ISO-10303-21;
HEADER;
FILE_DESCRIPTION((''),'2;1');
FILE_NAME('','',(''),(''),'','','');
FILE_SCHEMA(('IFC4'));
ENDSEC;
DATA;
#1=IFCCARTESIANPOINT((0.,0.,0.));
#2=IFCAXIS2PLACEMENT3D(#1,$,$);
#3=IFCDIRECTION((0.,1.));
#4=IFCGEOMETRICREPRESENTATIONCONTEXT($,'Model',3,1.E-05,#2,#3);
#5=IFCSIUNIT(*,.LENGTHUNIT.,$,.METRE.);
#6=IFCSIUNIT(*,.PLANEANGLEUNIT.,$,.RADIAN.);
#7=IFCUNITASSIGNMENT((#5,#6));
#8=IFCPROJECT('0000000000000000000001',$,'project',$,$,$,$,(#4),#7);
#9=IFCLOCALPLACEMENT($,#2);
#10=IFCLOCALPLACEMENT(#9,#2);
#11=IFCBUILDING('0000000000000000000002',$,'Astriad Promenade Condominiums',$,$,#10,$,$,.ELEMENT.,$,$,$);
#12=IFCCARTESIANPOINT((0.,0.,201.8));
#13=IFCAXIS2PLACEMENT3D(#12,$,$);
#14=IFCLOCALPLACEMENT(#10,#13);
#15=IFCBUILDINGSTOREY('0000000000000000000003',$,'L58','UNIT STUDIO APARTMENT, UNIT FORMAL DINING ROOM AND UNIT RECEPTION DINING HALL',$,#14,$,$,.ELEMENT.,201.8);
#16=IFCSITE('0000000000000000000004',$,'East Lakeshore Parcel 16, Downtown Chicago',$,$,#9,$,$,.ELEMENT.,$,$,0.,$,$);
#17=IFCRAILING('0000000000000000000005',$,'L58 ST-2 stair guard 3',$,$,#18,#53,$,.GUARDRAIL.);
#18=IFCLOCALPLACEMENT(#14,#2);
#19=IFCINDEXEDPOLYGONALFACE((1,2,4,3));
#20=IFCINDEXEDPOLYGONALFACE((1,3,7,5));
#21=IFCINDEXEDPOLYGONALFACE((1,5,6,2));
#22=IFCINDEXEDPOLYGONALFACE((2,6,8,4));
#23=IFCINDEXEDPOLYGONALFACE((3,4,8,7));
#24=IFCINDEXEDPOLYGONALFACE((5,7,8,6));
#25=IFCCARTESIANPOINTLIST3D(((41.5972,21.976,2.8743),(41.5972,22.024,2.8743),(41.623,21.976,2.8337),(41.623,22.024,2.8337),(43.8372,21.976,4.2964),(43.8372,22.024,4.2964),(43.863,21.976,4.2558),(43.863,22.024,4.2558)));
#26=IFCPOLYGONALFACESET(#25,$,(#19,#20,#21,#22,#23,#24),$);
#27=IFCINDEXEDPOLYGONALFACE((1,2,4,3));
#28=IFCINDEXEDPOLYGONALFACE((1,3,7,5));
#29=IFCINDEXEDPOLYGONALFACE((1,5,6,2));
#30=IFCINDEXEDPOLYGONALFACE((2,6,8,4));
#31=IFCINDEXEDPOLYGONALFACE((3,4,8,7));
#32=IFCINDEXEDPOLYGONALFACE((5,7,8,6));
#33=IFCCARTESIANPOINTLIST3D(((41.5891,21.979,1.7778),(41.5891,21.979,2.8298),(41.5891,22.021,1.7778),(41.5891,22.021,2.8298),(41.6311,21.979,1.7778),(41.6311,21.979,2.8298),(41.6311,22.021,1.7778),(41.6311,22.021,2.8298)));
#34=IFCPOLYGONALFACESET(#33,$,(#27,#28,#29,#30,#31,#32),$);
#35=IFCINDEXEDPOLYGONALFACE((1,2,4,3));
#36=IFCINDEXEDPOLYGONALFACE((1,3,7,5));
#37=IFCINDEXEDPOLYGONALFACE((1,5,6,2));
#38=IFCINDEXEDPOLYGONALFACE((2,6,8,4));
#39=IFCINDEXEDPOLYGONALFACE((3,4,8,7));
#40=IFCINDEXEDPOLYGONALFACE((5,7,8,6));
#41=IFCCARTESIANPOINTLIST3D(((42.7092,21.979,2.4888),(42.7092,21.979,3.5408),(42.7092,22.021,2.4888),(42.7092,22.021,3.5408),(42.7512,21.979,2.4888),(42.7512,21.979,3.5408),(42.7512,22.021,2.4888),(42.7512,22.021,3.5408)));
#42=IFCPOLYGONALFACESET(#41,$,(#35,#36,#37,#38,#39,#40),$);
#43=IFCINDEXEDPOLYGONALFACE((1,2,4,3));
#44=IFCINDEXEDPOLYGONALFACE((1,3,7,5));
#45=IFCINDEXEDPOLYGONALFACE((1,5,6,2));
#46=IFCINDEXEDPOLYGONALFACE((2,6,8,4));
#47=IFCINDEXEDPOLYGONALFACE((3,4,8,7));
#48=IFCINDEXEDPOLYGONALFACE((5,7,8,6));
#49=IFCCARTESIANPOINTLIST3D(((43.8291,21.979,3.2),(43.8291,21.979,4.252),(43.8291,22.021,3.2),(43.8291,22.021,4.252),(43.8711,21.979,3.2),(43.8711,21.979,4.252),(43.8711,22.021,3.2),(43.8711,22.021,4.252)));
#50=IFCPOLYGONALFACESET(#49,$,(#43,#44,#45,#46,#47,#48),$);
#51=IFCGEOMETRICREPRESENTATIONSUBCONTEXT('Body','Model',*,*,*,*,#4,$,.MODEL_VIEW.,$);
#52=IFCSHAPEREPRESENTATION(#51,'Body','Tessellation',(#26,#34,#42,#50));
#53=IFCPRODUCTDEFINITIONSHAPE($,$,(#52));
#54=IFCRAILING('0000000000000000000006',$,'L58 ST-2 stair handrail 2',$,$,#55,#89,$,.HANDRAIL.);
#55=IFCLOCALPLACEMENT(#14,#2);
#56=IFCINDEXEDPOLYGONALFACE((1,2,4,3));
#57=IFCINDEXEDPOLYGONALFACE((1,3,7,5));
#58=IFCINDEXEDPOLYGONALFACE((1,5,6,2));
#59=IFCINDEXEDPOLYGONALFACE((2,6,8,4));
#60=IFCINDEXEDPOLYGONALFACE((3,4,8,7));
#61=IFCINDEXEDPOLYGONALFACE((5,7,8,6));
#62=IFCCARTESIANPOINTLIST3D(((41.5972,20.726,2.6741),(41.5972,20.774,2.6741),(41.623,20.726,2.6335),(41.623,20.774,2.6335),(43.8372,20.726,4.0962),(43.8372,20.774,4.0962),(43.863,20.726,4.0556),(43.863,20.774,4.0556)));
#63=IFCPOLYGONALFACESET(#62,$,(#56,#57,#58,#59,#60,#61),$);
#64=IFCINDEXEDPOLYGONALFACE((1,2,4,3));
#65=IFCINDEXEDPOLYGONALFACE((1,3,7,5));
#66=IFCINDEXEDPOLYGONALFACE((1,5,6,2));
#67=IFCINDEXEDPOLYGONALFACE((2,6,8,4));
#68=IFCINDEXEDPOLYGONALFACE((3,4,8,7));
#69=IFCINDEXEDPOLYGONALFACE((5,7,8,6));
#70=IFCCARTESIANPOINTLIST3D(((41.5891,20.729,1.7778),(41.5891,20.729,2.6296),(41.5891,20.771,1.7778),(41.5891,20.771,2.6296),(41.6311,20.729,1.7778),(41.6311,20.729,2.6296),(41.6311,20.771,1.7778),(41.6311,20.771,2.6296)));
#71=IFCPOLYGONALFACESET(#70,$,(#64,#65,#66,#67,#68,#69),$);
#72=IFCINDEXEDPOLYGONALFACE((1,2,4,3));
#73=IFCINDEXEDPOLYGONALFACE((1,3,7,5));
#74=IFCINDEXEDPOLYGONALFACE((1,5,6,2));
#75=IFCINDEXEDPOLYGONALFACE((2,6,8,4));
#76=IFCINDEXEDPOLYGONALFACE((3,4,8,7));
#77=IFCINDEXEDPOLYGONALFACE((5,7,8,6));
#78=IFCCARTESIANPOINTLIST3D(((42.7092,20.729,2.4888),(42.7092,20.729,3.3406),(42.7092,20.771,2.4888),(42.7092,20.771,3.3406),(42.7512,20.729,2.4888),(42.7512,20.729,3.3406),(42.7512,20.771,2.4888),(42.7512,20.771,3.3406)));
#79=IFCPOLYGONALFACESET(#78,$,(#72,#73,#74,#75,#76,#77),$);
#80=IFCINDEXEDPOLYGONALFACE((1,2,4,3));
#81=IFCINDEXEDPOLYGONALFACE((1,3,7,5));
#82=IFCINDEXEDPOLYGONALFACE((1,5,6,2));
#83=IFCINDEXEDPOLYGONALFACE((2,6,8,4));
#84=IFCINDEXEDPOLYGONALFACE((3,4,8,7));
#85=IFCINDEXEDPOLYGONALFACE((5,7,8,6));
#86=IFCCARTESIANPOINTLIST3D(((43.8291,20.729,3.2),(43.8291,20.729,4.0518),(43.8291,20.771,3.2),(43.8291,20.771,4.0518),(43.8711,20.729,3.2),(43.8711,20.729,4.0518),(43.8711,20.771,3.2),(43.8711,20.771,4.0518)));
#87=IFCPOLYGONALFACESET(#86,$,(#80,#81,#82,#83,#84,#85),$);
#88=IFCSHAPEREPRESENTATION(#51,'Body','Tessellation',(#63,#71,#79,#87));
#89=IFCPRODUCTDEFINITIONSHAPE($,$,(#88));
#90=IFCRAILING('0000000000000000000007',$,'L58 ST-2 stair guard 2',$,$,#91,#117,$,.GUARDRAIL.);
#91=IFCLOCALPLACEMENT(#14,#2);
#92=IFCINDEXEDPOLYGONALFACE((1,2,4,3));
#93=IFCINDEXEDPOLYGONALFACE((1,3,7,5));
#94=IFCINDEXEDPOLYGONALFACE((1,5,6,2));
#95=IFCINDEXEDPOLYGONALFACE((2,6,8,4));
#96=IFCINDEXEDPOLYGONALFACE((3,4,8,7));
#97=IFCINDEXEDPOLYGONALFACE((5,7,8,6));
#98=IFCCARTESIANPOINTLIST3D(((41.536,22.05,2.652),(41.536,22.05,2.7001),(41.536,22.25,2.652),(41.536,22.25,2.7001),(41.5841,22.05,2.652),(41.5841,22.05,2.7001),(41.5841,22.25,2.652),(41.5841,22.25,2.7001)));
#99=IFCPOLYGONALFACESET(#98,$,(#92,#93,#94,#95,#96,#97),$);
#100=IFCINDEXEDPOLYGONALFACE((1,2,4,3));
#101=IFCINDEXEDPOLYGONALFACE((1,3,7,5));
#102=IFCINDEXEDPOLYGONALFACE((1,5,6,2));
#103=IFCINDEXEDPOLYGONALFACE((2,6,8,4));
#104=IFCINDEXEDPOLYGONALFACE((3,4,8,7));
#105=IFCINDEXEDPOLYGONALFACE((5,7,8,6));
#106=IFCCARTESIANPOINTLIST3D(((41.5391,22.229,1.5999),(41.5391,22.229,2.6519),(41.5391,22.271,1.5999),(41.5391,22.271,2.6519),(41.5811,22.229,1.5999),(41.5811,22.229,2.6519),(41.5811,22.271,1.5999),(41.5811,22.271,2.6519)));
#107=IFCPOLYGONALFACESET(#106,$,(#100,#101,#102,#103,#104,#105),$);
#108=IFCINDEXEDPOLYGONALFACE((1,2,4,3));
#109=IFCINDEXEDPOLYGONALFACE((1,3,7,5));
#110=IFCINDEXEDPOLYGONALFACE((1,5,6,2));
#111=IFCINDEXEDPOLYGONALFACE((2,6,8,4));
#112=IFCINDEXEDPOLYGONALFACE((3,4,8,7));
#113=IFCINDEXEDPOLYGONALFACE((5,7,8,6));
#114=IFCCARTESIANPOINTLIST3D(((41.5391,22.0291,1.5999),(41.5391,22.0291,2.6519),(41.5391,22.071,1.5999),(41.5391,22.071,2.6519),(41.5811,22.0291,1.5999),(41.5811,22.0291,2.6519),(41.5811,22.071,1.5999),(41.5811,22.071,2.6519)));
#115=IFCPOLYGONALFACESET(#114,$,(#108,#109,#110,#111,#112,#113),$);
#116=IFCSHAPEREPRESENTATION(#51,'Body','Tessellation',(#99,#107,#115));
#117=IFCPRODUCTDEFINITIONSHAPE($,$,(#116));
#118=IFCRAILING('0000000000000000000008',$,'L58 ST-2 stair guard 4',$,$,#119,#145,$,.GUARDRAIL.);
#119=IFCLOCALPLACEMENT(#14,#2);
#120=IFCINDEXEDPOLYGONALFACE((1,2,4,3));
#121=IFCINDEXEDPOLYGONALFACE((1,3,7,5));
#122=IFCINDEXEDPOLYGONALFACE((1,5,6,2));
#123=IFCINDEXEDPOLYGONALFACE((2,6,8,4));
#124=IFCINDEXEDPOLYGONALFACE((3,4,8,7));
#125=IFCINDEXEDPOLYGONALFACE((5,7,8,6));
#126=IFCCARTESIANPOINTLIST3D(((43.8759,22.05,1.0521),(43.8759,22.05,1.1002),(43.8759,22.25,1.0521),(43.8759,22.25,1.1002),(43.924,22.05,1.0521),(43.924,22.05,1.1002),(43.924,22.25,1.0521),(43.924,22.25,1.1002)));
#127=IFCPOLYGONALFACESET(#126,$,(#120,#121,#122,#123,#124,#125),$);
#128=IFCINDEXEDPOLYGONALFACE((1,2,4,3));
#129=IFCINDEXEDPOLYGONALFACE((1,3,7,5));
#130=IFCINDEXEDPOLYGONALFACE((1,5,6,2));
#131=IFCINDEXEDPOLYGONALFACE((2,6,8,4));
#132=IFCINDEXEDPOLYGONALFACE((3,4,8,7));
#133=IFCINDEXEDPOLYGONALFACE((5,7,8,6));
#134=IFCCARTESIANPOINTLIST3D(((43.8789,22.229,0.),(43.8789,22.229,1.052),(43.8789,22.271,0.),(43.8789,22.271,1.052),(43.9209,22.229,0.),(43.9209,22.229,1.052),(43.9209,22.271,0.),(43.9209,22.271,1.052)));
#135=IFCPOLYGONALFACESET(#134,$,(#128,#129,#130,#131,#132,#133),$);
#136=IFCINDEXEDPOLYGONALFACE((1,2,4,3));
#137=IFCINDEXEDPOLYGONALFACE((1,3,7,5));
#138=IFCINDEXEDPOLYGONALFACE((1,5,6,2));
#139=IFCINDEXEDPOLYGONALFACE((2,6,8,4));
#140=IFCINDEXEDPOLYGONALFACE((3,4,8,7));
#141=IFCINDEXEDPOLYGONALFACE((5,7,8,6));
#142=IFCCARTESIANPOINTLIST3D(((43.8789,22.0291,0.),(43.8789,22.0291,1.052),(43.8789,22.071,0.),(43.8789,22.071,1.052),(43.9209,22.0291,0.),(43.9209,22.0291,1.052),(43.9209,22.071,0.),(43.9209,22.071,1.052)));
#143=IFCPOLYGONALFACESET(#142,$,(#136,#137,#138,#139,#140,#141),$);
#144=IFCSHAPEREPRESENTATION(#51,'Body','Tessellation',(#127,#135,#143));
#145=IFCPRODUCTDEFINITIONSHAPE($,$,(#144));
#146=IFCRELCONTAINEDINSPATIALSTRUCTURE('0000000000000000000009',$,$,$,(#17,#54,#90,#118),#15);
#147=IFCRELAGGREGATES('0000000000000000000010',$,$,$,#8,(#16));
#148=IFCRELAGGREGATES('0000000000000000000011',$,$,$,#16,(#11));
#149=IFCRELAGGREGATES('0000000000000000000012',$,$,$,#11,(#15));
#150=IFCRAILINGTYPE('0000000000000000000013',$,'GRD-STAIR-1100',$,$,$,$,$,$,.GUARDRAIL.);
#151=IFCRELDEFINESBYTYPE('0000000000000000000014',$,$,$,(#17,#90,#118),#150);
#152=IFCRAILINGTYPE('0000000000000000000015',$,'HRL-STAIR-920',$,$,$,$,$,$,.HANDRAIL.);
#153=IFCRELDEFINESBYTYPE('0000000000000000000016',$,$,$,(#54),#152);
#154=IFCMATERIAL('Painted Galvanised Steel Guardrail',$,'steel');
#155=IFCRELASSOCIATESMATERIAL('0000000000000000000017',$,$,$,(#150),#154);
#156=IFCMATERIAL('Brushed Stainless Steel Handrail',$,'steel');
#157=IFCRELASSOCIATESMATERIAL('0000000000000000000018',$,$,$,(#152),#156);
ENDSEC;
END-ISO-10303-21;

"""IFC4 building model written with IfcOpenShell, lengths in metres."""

from ifc_helpers import new_model, si_unit, direction, frame, origin, origin_2d, place, context, subcontext, project, spatial, rectangle, extrude, source, transform, mapped, material, type_object, element, save


model = new_model("IFC4")

# Units and contexts
model_context = context("Model", 3, precision=1e-05, world=origin(), true_north=direction((0.0, 1.0)))
body_context = subcontext(model_context, "Body", "Model", "MODEL_VIEW")
ifc_project = project(units=[si_unit("LENGTHUNIT", "METRE"), si_unit("PLANEANGLEUNIT", "RADIAN")], contexts=[model_context])

# Site, building, storey
site_placement = place(None, origin())
site = spatial("IfcSite", under=ifc_project, at=site_placement, Name="East Lakeshore Parcel 16, Downtown Chicago", CompositionType="ELEMENT", RefElevation=0.0)
building_placement = place(site_placement, origin())
building = spatial("IfcBuilding", under=site, at=building_placement, Name="Astriad Promenade Condominiums", CompositionType="ELEMENT")
storey_placement = place(building_placement, frame((0.0, 0.0, 201.8)))
storey = spatial("IfcBuildingStorey", under=building, at=storey_placement, Name="L58", Description="UNIT STUDIO APARTMENT, UNIT FORMAL DINING ROOM AND UNIT RECEPTION DINING HALL", CompositionType="ELEMENT", Elevation=201.8)

# Railings
ifc_material_1 = material(Name="Painted Galvanised Steel Guardrail", Category="steel")
railing_type_1 = type_object("IfcRailingType", Name="GRD-STAIR-1100", PredefinedType="GUARDRAIL", material=ifc_material_1)
ifc_material_2 = material(Name="Brushed Stainless Steel Handrail", Category="steel")
railing_type_2 = type_object("IfcRailingType", Name="HRL-STAIR-920", PredefinedType="HANDRAIL", material=ifc_material_2)
shared_shape_1 = source(origin(), body_context, "Body", "SweptSolid", [
    extrude(rectangle(XDim=0.0481, YDim=0.0481, at=origin_2d()), frame((0.0, 0.0, 1.0762), z_axis=(0.844229, 0.0, 0.535982), x_axis=(0.0, 1.0, 0.0)), (0.0, 0.0, 1.0), 2.6533),
    extrude(rectangle(XDim=0.042, YDim=0.042, at=origin_2d()), origin(), (0.0, 0.0, 1.0), 1.052),
    extrude(rectangle(XDim=0.042, YDim=0.042, at=origin_2d()), frame((1.1201, 0.0, 0.7109)), (0.0, 0.0, 1.0), 1.052),
    extrude(rectangle(XDim=0.042, YDim=0.042, at=origin_2d()), frame((2.24, 0.0, 1.4221)), (0.0, 0.0, 1.0), 1.052),
])
railing_1_placement = place(storey_placement, frame((41.6101, 22.0, 1.7778)))
element("IfcRailing", 1, at=railing_1_placement, inside=storey, type_object=railing_type_1, Name="L58 ST-2 stair guard 3", PredefinedType="GUARDRAIL", context=body_context, shape_type="MappedRepresentation", body=[
    mapped(shared_shape_1, transform((0.0, 0.0, 0.0), scale=1.0)),
])
shared_shape_2 = source(origin(), body_context, "Body", "SweptSolid", [
    extrude(rectangle(XDim=0.0481, YDim=0.0481, at=origin_2d()), frame((0.0, 0.0, 0.876), z_axis=(0.844229, 0.0, 0.535982), x_axis=(0.0, 1.0, 0.0)), (0.0, 0.0, 1.0), 2.6533),
    extrude(rectangle(XDim=0.042, YDim=0.042, at=origin_2d()), origin(), (0.0, 0.0, 1.0), 0.8518),
    extrude(rectangle(XDim=0.042, YDim=0.042, at=origin_2d()), frame((1.1201, 0.0, 0.7109)), (0.0, 0.0, 1.0), 0.8518),
    extrude(rectangle(XDim=0.042, YDim=0.042, at=origin_2d()), frame((2.24, 0.0, 1.4221)), (0.0, 0.0, 1.0), 0.8518),
])
railing_2_placement = place(storey_placement, frame((41.6101, 20.75, 1.7778)))
element("IfcRailing", 2, at=railing_2_placement, inside=storey, type_object=railing_type_2, Name="L58 ST-2 stair handrail 2", PredefinedType="HANDRAIL", context=body_context, shape_type="MappedRepresentation", body=[
    mapped(shared_shape_2, transform((0.0, 0.0, 0.0), scale=1.0)),
])
shared_shape_3 = source(origin(), body_context, "Body", "SweptSolid", [
    extrude(rectangle(XDim=0.0481, YDim=0.0481, at=origin_2d()), frame((0.0, 0.0, 1.0762), z_axis=(0.0, -1.0, 0.0), x_axis=(1.0, 0.0, 0.0)), (0.0, 0.0, 1.0), 0.2),
    extrude(rectangle(XDim=0.042, YDim=0.042, at=origin_2d()), origin(), (0.0, 0.0, 1.0), 1.052),
    extrude(rectangle(XDim=0.042, YDim=0.042, at=origin_2d()), frame((0.0, -0.2, 0.0)), (0.0, 0.0, 1.0), 1.052),
])
for number, where, name in (
    (3, (41.5601, 22.25, 1.5999), "L58 ST-2 stair guard 2"),
    (4, (43.8999, 22.25, 0.0), "L58 ST-2 stair guard 4"),
):
    element("IfcRailing", number, at=place(storey_placement, frame(where)), inside=storey, type_object=railing_type_1, Name=name, PredefinedType="GUARDRAIL", context=body_context, shape_type="MappedRepresentation", body=[
        mapped(shared_shape_3, transform((0.0, 0.0, 0.0), scale=1.0)),
    ])

save(model, "model.ifc")
